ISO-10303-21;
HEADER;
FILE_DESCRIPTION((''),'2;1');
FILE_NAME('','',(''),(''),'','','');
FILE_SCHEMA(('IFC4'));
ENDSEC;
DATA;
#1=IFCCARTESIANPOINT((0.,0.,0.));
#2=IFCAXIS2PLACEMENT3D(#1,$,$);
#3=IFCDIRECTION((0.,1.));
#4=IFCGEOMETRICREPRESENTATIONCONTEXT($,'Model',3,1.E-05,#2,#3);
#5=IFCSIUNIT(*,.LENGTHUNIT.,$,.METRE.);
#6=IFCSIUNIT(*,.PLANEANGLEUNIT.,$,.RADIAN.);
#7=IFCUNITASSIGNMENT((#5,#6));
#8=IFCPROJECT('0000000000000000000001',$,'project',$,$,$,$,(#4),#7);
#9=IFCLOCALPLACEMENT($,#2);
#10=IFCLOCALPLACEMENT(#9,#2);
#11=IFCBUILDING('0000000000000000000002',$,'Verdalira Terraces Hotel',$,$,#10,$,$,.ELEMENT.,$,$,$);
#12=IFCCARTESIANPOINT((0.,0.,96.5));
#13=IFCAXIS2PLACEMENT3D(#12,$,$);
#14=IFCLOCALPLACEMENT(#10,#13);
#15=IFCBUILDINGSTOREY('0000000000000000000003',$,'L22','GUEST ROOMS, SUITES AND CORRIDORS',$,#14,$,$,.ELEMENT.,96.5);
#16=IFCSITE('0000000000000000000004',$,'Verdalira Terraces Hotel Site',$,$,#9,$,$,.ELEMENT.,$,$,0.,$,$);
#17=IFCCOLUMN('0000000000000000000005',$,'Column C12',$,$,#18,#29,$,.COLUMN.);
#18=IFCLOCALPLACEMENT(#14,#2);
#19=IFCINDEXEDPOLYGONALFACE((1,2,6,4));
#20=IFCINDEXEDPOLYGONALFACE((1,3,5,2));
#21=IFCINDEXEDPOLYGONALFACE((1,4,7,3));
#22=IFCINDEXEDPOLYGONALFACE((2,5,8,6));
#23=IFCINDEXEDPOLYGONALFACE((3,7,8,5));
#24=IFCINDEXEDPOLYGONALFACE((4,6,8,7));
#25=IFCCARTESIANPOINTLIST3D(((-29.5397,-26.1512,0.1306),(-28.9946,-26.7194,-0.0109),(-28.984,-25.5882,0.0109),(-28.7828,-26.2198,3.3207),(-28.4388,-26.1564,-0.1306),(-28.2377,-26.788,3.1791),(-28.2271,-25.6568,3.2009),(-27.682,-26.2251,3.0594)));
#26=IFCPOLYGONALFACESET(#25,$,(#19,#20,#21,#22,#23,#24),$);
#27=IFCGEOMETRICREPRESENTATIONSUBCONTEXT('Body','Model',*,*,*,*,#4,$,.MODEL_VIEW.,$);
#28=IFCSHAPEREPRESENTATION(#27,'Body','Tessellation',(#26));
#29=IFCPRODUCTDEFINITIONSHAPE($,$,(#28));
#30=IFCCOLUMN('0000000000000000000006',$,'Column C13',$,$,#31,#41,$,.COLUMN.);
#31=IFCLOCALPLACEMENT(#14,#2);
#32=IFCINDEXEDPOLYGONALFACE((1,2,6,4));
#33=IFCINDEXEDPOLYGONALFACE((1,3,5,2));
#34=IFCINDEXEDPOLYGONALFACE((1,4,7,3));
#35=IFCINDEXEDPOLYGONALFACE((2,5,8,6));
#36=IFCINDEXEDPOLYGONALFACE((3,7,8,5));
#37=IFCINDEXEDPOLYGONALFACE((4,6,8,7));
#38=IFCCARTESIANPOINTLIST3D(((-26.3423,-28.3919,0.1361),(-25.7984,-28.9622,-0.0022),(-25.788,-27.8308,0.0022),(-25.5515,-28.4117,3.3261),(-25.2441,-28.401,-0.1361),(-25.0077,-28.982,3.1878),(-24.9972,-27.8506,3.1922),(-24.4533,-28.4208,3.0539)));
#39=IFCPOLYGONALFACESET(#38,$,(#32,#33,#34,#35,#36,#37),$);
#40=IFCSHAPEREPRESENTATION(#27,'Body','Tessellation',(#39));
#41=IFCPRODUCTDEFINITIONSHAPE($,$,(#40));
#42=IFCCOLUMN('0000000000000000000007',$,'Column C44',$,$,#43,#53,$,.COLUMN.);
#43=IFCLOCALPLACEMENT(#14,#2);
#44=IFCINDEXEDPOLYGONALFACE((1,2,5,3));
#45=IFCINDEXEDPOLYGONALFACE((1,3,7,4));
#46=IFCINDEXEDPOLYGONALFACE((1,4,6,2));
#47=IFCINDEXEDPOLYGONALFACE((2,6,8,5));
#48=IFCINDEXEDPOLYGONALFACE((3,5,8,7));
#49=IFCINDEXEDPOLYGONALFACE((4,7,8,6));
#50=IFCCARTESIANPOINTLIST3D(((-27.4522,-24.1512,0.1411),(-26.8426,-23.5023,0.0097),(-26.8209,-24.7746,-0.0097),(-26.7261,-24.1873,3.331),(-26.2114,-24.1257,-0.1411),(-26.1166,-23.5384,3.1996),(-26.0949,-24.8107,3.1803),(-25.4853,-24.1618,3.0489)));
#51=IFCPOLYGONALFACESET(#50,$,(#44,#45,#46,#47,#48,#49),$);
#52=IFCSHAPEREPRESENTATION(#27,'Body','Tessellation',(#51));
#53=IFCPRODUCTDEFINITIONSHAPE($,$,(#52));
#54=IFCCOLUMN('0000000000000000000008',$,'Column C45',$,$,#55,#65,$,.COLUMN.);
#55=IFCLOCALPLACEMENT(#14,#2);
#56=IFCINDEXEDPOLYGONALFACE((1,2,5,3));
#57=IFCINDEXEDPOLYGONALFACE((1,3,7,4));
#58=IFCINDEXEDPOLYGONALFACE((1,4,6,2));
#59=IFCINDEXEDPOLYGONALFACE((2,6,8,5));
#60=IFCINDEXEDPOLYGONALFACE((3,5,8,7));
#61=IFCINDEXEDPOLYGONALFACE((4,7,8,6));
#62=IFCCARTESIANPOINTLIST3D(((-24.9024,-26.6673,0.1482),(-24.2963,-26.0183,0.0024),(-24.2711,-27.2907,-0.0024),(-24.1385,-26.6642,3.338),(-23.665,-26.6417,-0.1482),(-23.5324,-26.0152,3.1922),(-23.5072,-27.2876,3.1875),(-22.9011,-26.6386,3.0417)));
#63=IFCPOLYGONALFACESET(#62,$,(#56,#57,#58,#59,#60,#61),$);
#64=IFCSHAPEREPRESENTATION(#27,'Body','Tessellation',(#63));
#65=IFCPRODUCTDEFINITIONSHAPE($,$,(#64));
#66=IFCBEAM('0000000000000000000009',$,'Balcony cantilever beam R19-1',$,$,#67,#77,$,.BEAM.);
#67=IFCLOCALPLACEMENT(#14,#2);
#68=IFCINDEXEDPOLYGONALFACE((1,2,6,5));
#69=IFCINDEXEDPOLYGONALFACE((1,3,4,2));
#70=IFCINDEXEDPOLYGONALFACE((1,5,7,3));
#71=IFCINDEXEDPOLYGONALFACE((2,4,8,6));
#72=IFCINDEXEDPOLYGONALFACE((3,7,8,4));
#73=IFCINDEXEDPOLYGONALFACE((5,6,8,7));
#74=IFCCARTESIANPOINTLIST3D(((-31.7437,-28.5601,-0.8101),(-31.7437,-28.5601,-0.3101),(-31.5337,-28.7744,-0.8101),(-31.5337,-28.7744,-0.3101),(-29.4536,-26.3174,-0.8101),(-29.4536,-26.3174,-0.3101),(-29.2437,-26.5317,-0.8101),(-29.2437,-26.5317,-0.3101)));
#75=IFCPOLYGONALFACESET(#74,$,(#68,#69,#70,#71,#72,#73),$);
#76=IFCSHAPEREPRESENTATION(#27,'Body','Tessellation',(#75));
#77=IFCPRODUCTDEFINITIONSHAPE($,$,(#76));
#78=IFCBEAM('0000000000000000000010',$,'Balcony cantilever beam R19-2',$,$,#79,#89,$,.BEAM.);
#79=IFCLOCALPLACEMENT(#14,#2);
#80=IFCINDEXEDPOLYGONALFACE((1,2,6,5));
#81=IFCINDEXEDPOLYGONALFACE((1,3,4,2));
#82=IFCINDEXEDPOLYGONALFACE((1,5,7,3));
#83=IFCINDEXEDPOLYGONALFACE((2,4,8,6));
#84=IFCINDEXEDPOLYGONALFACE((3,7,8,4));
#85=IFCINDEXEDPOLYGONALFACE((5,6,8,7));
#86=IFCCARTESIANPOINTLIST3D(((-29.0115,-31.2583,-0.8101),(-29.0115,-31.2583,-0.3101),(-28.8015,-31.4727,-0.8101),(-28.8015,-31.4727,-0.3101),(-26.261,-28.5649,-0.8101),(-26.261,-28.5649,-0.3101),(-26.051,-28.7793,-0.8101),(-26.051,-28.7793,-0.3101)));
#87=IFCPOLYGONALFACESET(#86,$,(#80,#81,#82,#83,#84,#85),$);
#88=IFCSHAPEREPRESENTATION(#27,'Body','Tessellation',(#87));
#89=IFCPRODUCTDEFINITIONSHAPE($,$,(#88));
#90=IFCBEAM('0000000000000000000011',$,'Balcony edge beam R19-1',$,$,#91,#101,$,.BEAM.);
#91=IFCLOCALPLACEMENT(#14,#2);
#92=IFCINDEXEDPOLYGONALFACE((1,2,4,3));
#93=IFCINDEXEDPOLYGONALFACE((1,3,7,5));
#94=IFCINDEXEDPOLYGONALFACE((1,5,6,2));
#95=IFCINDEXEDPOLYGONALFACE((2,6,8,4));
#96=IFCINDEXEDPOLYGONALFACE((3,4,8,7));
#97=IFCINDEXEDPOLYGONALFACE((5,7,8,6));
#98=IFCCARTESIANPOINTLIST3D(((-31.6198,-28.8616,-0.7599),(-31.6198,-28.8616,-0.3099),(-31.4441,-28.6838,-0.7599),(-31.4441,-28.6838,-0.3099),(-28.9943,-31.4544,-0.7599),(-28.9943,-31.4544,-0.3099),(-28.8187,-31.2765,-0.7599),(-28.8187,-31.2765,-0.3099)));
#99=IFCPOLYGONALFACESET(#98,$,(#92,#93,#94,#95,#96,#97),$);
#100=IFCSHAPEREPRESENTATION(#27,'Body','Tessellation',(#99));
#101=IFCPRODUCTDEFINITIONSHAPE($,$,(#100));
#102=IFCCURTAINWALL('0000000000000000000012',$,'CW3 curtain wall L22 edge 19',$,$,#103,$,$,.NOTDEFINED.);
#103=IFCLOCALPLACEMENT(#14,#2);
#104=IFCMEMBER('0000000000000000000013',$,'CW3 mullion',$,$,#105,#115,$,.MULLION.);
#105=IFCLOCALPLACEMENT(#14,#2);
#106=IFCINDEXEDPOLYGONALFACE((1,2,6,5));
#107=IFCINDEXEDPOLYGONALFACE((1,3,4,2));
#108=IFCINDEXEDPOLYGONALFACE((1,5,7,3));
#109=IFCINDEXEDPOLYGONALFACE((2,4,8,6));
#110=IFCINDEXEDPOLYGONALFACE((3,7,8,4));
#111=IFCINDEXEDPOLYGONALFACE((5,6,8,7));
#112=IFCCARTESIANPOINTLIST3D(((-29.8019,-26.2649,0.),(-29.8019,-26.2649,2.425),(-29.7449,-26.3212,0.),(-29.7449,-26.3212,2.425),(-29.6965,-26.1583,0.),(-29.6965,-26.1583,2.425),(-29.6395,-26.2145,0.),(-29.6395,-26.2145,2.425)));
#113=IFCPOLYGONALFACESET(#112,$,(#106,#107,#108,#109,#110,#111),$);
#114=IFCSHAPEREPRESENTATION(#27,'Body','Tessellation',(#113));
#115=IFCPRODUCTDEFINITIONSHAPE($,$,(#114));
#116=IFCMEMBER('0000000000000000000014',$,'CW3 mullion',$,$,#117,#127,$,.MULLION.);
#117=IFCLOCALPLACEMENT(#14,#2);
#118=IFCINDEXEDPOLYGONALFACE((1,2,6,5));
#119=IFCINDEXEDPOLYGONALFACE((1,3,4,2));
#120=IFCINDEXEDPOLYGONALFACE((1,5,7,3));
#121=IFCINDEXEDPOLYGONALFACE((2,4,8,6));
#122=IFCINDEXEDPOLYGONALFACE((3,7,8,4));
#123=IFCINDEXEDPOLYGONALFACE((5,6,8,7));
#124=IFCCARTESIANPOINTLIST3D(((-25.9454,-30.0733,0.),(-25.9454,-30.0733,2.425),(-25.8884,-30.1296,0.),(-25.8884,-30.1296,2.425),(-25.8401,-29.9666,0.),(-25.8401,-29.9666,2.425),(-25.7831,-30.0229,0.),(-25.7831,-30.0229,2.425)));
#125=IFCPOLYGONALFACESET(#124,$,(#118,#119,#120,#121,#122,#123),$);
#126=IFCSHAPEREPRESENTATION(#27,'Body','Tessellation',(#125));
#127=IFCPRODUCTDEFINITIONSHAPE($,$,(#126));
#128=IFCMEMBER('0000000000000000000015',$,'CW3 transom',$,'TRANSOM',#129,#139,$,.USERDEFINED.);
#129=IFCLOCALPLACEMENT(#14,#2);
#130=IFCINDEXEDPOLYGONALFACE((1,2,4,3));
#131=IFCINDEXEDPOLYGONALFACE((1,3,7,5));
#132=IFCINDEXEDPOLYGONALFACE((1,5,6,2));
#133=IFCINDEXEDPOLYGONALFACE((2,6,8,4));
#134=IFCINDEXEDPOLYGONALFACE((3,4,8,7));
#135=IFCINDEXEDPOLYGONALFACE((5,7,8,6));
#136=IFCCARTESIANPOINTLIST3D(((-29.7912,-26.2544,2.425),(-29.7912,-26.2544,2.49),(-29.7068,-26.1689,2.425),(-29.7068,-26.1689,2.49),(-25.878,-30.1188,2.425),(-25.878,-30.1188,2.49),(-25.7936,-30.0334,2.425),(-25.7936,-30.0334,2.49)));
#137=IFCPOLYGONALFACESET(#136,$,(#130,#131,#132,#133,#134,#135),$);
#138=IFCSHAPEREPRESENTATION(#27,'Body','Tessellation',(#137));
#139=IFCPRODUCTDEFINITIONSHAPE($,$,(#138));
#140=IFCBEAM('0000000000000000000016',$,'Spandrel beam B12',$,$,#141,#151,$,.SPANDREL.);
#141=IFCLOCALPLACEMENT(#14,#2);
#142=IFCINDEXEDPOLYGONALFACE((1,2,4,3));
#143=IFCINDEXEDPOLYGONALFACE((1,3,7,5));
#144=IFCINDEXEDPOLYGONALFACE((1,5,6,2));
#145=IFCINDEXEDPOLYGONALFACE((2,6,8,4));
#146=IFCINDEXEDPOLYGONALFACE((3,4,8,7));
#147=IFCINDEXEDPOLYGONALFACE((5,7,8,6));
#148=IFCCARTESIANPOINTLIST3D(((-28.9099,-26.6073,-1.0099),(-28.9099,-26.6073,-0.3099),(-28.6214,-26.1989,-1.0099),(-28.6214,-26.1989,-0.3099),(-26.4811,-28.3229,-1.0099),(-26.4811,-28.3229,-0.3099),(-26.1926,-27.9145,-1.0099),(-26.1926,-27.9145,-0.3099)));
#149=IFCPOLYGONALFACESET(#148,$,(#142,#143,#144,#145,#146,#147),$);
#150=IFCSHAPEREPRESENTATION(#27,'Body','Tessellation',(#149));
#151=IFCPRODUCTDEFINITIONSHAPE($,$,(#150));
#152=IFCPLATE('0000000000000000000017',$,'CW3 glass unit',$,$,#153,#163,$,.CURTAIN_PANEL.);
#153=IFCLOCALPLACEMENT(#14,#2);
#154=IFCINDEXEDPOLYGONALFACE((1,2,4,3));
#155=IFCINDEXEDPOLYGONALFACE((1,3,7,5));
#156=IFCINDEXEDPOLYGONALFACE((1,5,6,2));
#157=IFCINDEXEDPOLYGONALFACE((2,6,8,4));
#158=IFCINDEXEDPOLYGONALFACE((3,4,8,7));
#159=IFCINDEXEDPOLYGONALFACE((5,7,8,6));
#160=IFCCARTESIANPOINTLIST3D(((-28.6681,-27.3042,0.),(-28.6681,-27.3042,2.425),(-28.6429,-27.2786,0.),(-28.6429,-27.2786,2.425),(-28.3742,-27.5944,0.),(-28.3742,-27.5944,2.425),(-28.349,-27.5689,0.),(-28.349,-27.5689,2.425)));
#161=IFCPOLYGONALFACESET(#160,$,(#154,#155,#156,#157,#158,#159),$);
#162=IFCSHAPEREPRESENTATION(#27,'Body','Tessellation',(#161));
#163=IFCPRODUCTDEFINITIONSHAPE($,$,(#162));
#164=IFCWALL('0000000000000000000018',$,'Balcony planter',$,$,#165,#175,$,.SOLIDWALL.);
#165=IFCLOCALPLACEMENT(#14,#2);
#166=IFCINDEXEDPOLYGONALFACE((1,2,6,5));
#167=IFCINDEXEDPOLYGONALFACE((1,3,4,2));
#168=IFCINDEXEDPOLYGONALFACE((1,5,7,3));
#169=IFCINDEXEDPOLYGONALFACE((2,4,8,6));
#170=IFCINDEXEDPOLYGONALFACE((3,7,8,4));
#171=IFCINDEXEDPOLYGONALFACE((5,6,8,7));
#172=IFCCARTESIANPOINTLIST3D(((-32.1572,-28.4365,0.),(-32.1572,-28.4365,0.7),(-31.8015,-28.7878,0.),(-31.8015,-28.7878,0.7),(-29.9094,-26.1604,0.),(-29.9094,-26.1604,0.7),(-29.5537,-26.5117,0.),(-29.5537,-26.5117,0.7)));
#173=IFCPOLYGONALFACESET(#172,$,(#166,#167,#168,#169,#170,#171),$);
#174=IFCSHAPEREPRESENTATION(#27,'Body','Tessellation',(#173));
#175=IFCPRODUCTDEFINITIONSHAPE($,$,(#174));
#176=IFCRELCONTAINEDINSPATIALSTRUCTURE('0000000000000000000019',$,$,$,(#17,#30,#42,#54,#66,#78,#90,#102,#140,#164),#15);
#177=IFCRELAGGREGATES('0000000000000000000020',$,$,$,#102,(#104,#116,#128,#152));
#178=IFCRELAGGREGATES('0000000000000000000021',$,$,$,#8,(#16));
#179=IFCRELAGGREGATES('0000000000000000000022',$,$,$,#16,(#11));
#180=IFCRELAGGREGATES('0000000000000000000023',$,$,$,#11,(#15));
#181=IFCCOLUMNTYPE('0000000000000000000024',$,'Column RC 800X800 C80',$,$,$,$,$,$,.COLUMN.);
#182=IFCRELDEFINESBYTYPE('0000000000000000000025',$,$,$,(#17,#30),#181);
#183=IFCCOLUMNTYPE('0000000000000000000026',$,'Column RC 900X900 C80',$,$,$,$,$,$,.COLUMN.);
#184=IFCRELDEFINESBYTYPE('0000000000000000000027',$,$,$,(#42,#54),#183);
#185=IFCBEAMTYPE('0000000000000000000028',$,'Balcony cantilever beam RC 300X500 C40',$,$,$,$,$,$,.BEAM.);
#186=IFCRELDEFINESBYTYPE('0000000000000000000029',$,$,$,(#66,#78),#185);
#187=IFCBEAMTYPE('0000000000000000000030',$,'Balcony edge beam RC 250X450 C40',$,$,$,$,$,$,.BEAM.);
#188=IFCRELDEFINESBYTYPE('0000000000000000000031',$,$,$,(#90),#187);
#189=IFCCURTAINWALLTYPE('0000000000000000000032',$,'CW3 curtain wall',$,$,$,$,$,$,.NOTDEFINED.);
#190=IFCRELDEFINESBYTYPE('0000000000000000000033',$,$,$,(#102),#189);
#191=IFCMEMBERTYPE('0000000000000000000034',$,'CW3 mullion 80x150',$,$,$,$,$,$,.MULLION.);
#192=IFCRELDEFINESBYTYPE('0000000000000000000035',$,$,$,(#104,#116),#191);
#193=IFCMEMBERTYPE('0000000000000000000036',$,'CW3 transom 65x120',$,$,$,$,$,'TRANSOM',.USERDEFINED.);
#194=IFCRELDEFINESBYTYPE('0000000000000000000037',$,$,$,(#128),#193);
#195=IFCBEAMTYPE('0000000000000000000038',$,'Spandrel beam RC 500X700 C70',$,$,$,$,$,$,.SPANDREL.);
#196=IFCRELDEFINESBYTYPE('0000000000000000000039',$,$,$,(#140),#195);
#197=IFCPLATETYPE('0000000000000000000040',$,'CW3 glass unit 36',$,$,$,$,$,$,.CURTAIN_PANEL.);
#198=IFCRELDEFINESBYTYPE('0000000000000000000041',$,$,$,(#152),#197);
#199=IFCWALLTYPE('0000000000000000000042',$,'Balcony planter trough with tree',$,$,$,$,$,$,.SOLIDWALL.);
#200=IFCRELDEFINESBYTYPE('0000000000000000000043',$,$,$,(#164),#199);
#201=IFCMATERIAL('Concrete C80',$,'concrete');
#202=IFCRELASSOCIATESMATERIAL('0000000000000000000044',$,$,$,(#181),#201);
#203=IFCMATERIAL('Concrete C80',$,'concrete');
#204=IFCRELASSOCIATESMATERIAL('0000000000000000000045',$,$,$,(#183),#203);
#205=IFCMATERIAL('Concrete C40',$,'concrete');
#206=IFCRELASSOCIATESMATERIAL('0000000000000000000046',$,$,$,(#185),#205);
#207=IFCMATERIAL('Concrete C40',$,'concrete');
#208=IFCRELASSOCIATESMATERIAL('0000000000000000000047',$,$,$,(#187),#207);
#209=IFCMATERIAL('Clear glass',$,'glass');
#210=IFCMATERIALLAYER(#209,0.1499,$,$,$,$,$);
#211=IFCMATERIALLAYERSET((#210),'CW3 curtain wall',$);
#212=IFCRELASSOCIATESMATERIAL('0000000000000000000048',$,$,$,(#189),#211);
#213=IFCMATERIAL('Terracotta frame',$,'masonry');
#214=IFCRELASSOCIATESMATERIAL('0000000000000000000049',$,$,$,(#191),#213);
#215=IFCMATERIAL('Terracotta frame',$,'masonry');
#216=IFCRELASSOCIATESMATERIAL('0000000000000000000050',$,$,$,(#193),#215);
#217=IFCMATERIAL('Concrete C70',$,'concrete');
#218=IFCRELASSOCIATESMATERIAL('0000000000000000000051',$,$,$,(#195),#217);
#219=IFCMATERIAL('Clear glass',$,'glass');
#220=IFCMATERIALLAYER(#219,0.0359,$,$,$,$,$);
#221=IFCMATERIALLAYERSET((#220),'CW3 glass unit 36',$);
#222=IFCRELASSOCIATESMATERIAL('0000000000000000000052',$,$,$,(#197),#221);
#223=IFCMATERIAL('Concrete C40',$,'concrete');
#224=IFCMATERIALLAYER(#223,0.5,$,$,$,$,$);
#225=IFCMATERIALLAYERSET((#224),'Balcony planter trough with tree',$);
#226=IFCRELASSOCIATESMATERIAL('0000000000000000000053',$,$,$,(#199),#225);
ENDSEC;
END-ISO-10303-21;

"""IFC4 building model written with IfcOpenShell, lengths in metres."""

from ifc_helpers import new_model, si_unit, direction, frame, frame_2d, origin, origin_2d, place, context, subcontext, project, spatial, rectangle, extrude, material, layer, layer_set, material_profile, profile_set, type_object, element, aggregate, save


model = new_model("IFC4")

# Units and contexts
model_context = context("Model", 3, precision=1e-05, world=origin(), true_north=direction((0.0, 1.0)))
body_context = subcontext(model_context, "Body", "Model", "MODEL_VIEW")
ifc_project = project(units=[si_unit("LENGTHUNIT", "METRE"), si_unit("PLANEANGLEUNIT", "RADIAN")], contexts=[model_context])

# Site, building, storey
site_placement = place(None, origin())
site = spatial("IfcSite", under=ifc_project, at=site_placement, Name="Verdalira Terraces Hotel Site", CompositionType="ELEMENT", RefElevation=0.0)
building_placement = place(site_placement, origin())
building = spatial("IfcBuilding", under=site, at=building_placement, Name="Verdalira Terraces Hotel", CompositionType="ELEMENT")
storey_placement = place(building_placement, frame((0.0, 0.0, 96.5)))
storey = spatial("IfcBuildingStorey", under=building, at=storey_placement, Name="L22", Description="GUEST ROOMS, SUITES AND CORRIDORS", CompositionType="ELEMENT", Elevation=96.5)

# Columns
ifc_material_1 = material(Name="Concrete C80", Category="concrete")
ifc_material_profile_1 = material_profile(ifc_material_1, rectangle(XDim=0.8, YDim=0.8, at=origin_2d()), Name="RC 800X800")
ifc_profile_set_1 = profile_set([ifc_material_profile_1], Name="Concrete C80")
column_type_1 = type_object("IfcColumnType", Name="Column RC 800X800 C80", PredefinedType="COLUMN", material=ifc_profile_set_1)
column_1_placement = place(storey_placement, frame((-28.9893, -26.1538, 0.0), z_axis=(0.230798, -0.020921, 0.972777), x_axis=(0.68136, -0.710242, -0.176932)))
element("IfcColumn", 1, at=column_1_placement, inside=storey, type_object=column_type_1, Name="Column C12", PredefinedType="COLUMN", context=body_context, shape_type="SweptSolid", body=[
    extrude(rectangle(XDim=0.8, YDim=0.8, at=origin_2d()), origin(), (0.0, 0.0, 1.0), 3.2793),
])
column_2_placement = place(storey_placement, frame((-25.7932, -28.3965, 0.0), z_axis=(0.240608, -0.006017, 0.970604), x_axis=(0.679771, -0.712746, -0.17293)))
element("IfcColumn", 2, at=column_2_placement, inside=storey, type_object=column_type_1, Name="Column C13", PredefinedType="COLUMN", context=body_context, shape_type="SweptSolid", body=[
    extrude(rectangle(XDim=0.8, YDim=0.8, at=origin_2d()), origin(), (0.0, 0.0, 1.0), 3.2866),
])
ifc_material_2 = material(Name="Concrete C80", Category="concrete")
ifc_material_profile_2 = material_profile(ifc_material_2, rectangle(XDim=0.8999, YDim=0.8999, at=origin_2d()), Name="RC 900X900")
ifc_profile_set_2 = profile_set([ifc_material_profile_2], Name="Concrete C80")
column_type_2 = type_object("IfcColumnType", Name="Column RC 900X900 C80", PredefinedType="COLUMN", material=ifc_profile_set_2)
column_3_placement = place(storey_placement, frame((-26.8318, -24.1384, 0.0), z_axis=(0.221924, -0.011044, 0.975001), x_axis=(-0.677314, -0.721062, 0.145998)))
element("IfcColumn", 3, at=column_3_placement, inside=storey, type_object=column_type_2, Name="Column C44", PredefinedType="COLUMN", context=body_context, shape_type="SweptSolid", body=[
    extrude(rectangle(XDim=0.8999, YDim=0.8999, at=origin_2d()), origin(), (0.0, 0.0, 1.0), 3.2717),
])
column_4_placement = place(storey_placement, frame((-24.2837, -26.6545, 0.0), z_axis=(0.232891, 0.000968, 0.972502), x_axis=(-0.673522, -0.721194, 0.16201)))
element("IfcColumn", 4, at=column_4_placement, inside=storey, type_object=column_type_2, Name="Column C45", PredefinedType="COLUMN", context=body_context, shape_type="SweptSolid", body=[
    extrude(rectangle(XDim=0.8999, YDim=0.8999, at=origin_2d()), origin(), (0.0, 0.0, 1.0), 3.28),
])

# Beams
ifc_material_3 = material(Name="Concrete C40", Category="concrete")
ifc_material_profile_3 = material_profile(ifc_material_3, rectangle(XDim=0.3, YDim=0.5, at=origin_2d()), Name="RC 300X500")
ifc_profile_set_3 = profile_set([ifc_material_profile_3], Name="Concrete C40")
beam_type_1 = type_object("IfcBeamType", Name="Balcony cantilever beam RC 300X500 C40", PredefinedType="BEAM", material=ifc_profile_set_3)
beam_1_placement = place(storey_placement, frame((-29.3486, -26.4246, -0.5601), z_axis=(-0.714456, -0.69968, 0.0), x_axis=(0.69968, -0.714456, 0.0)))
element("IfcBeam", 5, at=beam_1_placement, inside=storey, type_object=beam_type_1, Name="Balcony cantilever beam R19-1", PredefinedType="BEAM", context=body_context, shape_type="SweptSolid", body=[
    extrude(rectangle(XDim=0.3, YDim=0.5, at=origin_2d()), origin(), (0.0, 0.0, 1.0), 3.2053),
])
beam_2_placement = place(storey_placement, frame((-26.156, -28.6721, -0.5601), z_axis=(-0.714488, -0.699648, 0.0), x_axis=(0.699648, -0.714488, 0.0)))
element("IfcBeam", 6, at=beam_2_placement, inside=storey, type_object=beam_type_1, Name="Balcony cantilever beam R19-2", PredefinedType="BEAM", context=body_context, shape_type="SweptSolid", body=[
    extrude(rectangle(XDim=0.3, YDim=0.5, at=origin_2d()), origin(), (0.0, 0.0, 1.0), 3.8496),
])
ifc_material_4 = material(Name="Concrete C40", Category="concrete")
ifc_material_profile_4 = material_profile(ifc_material_4, rectangle(XDim=0.25, YDim=0.45, at=origin_2d()), Name="RC 250X450")
ifc_profile_set_4 = profile_set([ifc_material_profile_4], Name="Concrete C40")
beam_type_2 = type_object("IfcBeamType", Name="Balcony edge beam RC 250X450 C40", PredefinedType="BEAM", material=ifc_profile_set_4)
beam_3_placement = place(storey_placement, frame((-31.532, -28.7727, -0.5349), z_axis=(0.711526, -0.70266, 0.0), x_axis=(0.70266, 0.711526, 0.0)))
element("IfcBeam", 7, at=beam_3_placement, inside=storey, type_object=beam_type_2, Name="Balcony edge beam R19-1", PredefinedType="BEAM", context=body_context, shape_type="SweptSolid", body=[
    extrude(rectangle(XDim=0.25, YDim=0.45, at=origin_2d()), origin(), (0.0, 0.0, 1.0), 3.6899),
])

# Curtain wall, members
ifc_material_5 = material(Name="Clear glass", Category="glass")
ifc_layer_1 = layer(ifc_material_5, 0.1499)
ifc_layer_set_1 = layer_set([ifc_layer_1], Name="CW3 curtain wall")
curtain_wall_type = type_object("IfcCurtainWallType", Name="CW3 curtain wall", PredefinedType="NOTDEFINED", material=ifc_layer_set_1)
curtain_wall_placement = place(storey_placement, origin())
curtain_wall = element("IfcCurtainWall", 8, at=curtain_wall_placement, inside=storey, type_object=curtain_wall_type, Name="CW3 curtain wall L22 edge 19", PredefinedType="NOTDEFINED")
ifc_material_6 = material(Name="Terracotta frame", Category="masonry")
ifc_material_profile_5 = material_profile(ifc_material_6, rectangle(XDim=0.0801, YDim=0.1499, at=origin_2d()), Name="MU 80x150")
ifc_profile_set_5 = profile_set([ifc_material_profile_5], Name="Terracotta frame")
member_type_1 = type_object("IfcMemberType", Name="CW3 mullion 80x150", PredefinedType="MULLION", material=ifc_profile_set_5)
member_1_placement = place(storey_placement, frame((-29.7207, -26.2397, 0.0), z_axis=(0.0, 0.0, 1.0), x_axis=(0.711536, -0.70265, 0.0)))
member_1 = element("IfcMember", 9, at=member_1_placement, type_object=member_type_1, Name="CW3 mullion", PredefinedType="MULLION", context=body_context, shape_type="SweptSolid", body=[
    extrude(rectangle(XDim=0.0801, YDim=0.1499, at=origin_2d()), origin(), (0.0, 0.0, 1.0), 2.425),
])
member_2_placement = place(storey_placement, frame((-25.8643, -30.0481, 0.0), z_axis=(0.0, 0.0, 1.0), x_axis=(0.711536, -0.70265, 0.0)))
member_2 = element("IfcMember", 10, at=member_2_placement, type_object=member_type_1, Name="CW3 mullion", PredefinedType="MULLION", context=body_context, shape_type="SweptSolid", body=[
    extrude(rectangle(XDim=0.0801, YDim=0.1499, at=origin_2d()), origin(), (0.0, 0.0, 1.0), 2.425),
])
ifc_material_7 = material(Name="Terracotta frame", Category="masonry")
ifc_material_profile_6 = material_profile(ifc_material_7, rectangle(XDim=0.1201, YDim=0.0649, at=origin_2d()), Name="TR 65x120")
ifc_profile_set_6 = profile_set([ifc_material_profile_6], Name="Terracotta frame")
member_type_2 = type_object("IfcMemberType", Name="CW3 transom 65x120", ElementType="TRANSOM", PredefinedType="USERDEFINED", material=ifc_profile_set_6)
member_3_placement = place(storey_placement, frame((-29.749, -26.2117, 2.4575), z_axis=(0.711532, -0.702654, 0.0), x_axis=(0.702654, 0.711532, 0.0)))
member_3 = element("IfcMember", 11, at=member_3_placement, type_object=member_type_2, Name="CW3 transom", ObjectType="TRANSOM", PredefinedType="USERDEFINED", context=body_context, shape_type="SweptSolid", body=[
    extrude(rectangle(XDim=0.1201, YDim=0.0649, at=origin_2d()), origin(), (0.0, 0.0, 1.0), 5.4998),
])

# Beam
ifc_material_8 = material(Name="Concrete C70", Category="concrete")
ifc_material_profile_7 = material_profile(ifc_material_8, rectangle(XDim=0.5, YDim=0.7, at=origin_2d()), Name="RC 500X700")
ifc_profile_set_7 = profile_set([ifc_material_profile_7], Name="Concrete C70")
beam_type_3 = type_object("IfcBeamType", Name="Spandrel beam RC 500X700 C70", PredefinedType="SPANDREL", material=ifc_profile_set_7)
beam_4_placement = place(storey_placement, frame((-28.7656, -26.4031, -0.6599), z_axis=(0.816779, -0.576951, 0.0), x_axis=(0.576951, 0.816779, 0.0)))
element("IfcBeam", 12, at=beam_4_placement, inside=storey, type_object=beam_type_3, Name="Spandrel beam B12", PredefinedType="SPANDREL", context=body_context, shape_type="SweptSolid", body=[
    extrude(rectangle(XDim=0.5, YDim=0.7, at=origin_2d()), origin(), (0.0, 0.0, 1.0), 2.9736),
])

# Plate
ifc_material_9 = material(Name="Clear glass", Category="glass")
ifc_layer_2 = layer(ifc_material_9, 0.0359)
ifc_layer_set_2 = layer_set([ifc_layer_2], Name="CW3 glass unit 36")
plate_type = type_object("IfcPlateType", Name="CW3 glass unit 36", PredefinedType="CURTAIN_PANEL", material=ifc_layer_set_2)
plate_placement = place(storey_placement, frame((-28.5085, -27.4365, 0.0), z_axis=(0.0, 0.0, 1.0), x_axis=(0.711536, -0.70265, 0.0)))
plate = element("IfcPlate", 13, at=plate_placement, type_object=plate_type, Name="CW3 glass unit", PredefinedType="CURTAIN_PANEL", context=body_context, shape_type="SweptSolid", body=[
    extrude(rectangle(XDim=0.4131, YDim=0.0359, at=origin_2d()), origin(), (0.0, 0.0, 1.0), 2.425),
])
aggregate(curtain_wall, [member_1, member_2, member_3, plate])

# Wall
ifc_material_10 = material(Name="Concrete C40", Category="concrete")
ifc_layer_3 = layer(ifc_material_10, 0.5)
ifc_layer_set_3 = layer_set([ifc_layer_3], Name="Balcony planter trough with tree")
wall_type_1 = type_object("IfcWallType", Name="Balcony planter trough with tree", PredefinedType="SOLIDWALL", material=ifc_layer_set_3)
wall_1_placement = place(storey_placement, frame((-29.7314, -26.3359, 0.0), z_axis=(0.0, 0.0, 1.0), x_axis=(-0.702666, -0.711519, 0.0)))
element("IfcWall", 14, at=wall_1_placement, inside=storey, type_object=wall_type_1, Name="Balcony planter", PredefinedType="SOLIDWALL", context=body_context, shape_type="SweptSolid", body=[
    extrude(rectangle(XDim=3.199, YDim=0.5, at=frame_2d((1.5996, 0.0))), origin(), (0.0, 0.0, 1.0), 0.7),
])

save(model, "model.ifc")
